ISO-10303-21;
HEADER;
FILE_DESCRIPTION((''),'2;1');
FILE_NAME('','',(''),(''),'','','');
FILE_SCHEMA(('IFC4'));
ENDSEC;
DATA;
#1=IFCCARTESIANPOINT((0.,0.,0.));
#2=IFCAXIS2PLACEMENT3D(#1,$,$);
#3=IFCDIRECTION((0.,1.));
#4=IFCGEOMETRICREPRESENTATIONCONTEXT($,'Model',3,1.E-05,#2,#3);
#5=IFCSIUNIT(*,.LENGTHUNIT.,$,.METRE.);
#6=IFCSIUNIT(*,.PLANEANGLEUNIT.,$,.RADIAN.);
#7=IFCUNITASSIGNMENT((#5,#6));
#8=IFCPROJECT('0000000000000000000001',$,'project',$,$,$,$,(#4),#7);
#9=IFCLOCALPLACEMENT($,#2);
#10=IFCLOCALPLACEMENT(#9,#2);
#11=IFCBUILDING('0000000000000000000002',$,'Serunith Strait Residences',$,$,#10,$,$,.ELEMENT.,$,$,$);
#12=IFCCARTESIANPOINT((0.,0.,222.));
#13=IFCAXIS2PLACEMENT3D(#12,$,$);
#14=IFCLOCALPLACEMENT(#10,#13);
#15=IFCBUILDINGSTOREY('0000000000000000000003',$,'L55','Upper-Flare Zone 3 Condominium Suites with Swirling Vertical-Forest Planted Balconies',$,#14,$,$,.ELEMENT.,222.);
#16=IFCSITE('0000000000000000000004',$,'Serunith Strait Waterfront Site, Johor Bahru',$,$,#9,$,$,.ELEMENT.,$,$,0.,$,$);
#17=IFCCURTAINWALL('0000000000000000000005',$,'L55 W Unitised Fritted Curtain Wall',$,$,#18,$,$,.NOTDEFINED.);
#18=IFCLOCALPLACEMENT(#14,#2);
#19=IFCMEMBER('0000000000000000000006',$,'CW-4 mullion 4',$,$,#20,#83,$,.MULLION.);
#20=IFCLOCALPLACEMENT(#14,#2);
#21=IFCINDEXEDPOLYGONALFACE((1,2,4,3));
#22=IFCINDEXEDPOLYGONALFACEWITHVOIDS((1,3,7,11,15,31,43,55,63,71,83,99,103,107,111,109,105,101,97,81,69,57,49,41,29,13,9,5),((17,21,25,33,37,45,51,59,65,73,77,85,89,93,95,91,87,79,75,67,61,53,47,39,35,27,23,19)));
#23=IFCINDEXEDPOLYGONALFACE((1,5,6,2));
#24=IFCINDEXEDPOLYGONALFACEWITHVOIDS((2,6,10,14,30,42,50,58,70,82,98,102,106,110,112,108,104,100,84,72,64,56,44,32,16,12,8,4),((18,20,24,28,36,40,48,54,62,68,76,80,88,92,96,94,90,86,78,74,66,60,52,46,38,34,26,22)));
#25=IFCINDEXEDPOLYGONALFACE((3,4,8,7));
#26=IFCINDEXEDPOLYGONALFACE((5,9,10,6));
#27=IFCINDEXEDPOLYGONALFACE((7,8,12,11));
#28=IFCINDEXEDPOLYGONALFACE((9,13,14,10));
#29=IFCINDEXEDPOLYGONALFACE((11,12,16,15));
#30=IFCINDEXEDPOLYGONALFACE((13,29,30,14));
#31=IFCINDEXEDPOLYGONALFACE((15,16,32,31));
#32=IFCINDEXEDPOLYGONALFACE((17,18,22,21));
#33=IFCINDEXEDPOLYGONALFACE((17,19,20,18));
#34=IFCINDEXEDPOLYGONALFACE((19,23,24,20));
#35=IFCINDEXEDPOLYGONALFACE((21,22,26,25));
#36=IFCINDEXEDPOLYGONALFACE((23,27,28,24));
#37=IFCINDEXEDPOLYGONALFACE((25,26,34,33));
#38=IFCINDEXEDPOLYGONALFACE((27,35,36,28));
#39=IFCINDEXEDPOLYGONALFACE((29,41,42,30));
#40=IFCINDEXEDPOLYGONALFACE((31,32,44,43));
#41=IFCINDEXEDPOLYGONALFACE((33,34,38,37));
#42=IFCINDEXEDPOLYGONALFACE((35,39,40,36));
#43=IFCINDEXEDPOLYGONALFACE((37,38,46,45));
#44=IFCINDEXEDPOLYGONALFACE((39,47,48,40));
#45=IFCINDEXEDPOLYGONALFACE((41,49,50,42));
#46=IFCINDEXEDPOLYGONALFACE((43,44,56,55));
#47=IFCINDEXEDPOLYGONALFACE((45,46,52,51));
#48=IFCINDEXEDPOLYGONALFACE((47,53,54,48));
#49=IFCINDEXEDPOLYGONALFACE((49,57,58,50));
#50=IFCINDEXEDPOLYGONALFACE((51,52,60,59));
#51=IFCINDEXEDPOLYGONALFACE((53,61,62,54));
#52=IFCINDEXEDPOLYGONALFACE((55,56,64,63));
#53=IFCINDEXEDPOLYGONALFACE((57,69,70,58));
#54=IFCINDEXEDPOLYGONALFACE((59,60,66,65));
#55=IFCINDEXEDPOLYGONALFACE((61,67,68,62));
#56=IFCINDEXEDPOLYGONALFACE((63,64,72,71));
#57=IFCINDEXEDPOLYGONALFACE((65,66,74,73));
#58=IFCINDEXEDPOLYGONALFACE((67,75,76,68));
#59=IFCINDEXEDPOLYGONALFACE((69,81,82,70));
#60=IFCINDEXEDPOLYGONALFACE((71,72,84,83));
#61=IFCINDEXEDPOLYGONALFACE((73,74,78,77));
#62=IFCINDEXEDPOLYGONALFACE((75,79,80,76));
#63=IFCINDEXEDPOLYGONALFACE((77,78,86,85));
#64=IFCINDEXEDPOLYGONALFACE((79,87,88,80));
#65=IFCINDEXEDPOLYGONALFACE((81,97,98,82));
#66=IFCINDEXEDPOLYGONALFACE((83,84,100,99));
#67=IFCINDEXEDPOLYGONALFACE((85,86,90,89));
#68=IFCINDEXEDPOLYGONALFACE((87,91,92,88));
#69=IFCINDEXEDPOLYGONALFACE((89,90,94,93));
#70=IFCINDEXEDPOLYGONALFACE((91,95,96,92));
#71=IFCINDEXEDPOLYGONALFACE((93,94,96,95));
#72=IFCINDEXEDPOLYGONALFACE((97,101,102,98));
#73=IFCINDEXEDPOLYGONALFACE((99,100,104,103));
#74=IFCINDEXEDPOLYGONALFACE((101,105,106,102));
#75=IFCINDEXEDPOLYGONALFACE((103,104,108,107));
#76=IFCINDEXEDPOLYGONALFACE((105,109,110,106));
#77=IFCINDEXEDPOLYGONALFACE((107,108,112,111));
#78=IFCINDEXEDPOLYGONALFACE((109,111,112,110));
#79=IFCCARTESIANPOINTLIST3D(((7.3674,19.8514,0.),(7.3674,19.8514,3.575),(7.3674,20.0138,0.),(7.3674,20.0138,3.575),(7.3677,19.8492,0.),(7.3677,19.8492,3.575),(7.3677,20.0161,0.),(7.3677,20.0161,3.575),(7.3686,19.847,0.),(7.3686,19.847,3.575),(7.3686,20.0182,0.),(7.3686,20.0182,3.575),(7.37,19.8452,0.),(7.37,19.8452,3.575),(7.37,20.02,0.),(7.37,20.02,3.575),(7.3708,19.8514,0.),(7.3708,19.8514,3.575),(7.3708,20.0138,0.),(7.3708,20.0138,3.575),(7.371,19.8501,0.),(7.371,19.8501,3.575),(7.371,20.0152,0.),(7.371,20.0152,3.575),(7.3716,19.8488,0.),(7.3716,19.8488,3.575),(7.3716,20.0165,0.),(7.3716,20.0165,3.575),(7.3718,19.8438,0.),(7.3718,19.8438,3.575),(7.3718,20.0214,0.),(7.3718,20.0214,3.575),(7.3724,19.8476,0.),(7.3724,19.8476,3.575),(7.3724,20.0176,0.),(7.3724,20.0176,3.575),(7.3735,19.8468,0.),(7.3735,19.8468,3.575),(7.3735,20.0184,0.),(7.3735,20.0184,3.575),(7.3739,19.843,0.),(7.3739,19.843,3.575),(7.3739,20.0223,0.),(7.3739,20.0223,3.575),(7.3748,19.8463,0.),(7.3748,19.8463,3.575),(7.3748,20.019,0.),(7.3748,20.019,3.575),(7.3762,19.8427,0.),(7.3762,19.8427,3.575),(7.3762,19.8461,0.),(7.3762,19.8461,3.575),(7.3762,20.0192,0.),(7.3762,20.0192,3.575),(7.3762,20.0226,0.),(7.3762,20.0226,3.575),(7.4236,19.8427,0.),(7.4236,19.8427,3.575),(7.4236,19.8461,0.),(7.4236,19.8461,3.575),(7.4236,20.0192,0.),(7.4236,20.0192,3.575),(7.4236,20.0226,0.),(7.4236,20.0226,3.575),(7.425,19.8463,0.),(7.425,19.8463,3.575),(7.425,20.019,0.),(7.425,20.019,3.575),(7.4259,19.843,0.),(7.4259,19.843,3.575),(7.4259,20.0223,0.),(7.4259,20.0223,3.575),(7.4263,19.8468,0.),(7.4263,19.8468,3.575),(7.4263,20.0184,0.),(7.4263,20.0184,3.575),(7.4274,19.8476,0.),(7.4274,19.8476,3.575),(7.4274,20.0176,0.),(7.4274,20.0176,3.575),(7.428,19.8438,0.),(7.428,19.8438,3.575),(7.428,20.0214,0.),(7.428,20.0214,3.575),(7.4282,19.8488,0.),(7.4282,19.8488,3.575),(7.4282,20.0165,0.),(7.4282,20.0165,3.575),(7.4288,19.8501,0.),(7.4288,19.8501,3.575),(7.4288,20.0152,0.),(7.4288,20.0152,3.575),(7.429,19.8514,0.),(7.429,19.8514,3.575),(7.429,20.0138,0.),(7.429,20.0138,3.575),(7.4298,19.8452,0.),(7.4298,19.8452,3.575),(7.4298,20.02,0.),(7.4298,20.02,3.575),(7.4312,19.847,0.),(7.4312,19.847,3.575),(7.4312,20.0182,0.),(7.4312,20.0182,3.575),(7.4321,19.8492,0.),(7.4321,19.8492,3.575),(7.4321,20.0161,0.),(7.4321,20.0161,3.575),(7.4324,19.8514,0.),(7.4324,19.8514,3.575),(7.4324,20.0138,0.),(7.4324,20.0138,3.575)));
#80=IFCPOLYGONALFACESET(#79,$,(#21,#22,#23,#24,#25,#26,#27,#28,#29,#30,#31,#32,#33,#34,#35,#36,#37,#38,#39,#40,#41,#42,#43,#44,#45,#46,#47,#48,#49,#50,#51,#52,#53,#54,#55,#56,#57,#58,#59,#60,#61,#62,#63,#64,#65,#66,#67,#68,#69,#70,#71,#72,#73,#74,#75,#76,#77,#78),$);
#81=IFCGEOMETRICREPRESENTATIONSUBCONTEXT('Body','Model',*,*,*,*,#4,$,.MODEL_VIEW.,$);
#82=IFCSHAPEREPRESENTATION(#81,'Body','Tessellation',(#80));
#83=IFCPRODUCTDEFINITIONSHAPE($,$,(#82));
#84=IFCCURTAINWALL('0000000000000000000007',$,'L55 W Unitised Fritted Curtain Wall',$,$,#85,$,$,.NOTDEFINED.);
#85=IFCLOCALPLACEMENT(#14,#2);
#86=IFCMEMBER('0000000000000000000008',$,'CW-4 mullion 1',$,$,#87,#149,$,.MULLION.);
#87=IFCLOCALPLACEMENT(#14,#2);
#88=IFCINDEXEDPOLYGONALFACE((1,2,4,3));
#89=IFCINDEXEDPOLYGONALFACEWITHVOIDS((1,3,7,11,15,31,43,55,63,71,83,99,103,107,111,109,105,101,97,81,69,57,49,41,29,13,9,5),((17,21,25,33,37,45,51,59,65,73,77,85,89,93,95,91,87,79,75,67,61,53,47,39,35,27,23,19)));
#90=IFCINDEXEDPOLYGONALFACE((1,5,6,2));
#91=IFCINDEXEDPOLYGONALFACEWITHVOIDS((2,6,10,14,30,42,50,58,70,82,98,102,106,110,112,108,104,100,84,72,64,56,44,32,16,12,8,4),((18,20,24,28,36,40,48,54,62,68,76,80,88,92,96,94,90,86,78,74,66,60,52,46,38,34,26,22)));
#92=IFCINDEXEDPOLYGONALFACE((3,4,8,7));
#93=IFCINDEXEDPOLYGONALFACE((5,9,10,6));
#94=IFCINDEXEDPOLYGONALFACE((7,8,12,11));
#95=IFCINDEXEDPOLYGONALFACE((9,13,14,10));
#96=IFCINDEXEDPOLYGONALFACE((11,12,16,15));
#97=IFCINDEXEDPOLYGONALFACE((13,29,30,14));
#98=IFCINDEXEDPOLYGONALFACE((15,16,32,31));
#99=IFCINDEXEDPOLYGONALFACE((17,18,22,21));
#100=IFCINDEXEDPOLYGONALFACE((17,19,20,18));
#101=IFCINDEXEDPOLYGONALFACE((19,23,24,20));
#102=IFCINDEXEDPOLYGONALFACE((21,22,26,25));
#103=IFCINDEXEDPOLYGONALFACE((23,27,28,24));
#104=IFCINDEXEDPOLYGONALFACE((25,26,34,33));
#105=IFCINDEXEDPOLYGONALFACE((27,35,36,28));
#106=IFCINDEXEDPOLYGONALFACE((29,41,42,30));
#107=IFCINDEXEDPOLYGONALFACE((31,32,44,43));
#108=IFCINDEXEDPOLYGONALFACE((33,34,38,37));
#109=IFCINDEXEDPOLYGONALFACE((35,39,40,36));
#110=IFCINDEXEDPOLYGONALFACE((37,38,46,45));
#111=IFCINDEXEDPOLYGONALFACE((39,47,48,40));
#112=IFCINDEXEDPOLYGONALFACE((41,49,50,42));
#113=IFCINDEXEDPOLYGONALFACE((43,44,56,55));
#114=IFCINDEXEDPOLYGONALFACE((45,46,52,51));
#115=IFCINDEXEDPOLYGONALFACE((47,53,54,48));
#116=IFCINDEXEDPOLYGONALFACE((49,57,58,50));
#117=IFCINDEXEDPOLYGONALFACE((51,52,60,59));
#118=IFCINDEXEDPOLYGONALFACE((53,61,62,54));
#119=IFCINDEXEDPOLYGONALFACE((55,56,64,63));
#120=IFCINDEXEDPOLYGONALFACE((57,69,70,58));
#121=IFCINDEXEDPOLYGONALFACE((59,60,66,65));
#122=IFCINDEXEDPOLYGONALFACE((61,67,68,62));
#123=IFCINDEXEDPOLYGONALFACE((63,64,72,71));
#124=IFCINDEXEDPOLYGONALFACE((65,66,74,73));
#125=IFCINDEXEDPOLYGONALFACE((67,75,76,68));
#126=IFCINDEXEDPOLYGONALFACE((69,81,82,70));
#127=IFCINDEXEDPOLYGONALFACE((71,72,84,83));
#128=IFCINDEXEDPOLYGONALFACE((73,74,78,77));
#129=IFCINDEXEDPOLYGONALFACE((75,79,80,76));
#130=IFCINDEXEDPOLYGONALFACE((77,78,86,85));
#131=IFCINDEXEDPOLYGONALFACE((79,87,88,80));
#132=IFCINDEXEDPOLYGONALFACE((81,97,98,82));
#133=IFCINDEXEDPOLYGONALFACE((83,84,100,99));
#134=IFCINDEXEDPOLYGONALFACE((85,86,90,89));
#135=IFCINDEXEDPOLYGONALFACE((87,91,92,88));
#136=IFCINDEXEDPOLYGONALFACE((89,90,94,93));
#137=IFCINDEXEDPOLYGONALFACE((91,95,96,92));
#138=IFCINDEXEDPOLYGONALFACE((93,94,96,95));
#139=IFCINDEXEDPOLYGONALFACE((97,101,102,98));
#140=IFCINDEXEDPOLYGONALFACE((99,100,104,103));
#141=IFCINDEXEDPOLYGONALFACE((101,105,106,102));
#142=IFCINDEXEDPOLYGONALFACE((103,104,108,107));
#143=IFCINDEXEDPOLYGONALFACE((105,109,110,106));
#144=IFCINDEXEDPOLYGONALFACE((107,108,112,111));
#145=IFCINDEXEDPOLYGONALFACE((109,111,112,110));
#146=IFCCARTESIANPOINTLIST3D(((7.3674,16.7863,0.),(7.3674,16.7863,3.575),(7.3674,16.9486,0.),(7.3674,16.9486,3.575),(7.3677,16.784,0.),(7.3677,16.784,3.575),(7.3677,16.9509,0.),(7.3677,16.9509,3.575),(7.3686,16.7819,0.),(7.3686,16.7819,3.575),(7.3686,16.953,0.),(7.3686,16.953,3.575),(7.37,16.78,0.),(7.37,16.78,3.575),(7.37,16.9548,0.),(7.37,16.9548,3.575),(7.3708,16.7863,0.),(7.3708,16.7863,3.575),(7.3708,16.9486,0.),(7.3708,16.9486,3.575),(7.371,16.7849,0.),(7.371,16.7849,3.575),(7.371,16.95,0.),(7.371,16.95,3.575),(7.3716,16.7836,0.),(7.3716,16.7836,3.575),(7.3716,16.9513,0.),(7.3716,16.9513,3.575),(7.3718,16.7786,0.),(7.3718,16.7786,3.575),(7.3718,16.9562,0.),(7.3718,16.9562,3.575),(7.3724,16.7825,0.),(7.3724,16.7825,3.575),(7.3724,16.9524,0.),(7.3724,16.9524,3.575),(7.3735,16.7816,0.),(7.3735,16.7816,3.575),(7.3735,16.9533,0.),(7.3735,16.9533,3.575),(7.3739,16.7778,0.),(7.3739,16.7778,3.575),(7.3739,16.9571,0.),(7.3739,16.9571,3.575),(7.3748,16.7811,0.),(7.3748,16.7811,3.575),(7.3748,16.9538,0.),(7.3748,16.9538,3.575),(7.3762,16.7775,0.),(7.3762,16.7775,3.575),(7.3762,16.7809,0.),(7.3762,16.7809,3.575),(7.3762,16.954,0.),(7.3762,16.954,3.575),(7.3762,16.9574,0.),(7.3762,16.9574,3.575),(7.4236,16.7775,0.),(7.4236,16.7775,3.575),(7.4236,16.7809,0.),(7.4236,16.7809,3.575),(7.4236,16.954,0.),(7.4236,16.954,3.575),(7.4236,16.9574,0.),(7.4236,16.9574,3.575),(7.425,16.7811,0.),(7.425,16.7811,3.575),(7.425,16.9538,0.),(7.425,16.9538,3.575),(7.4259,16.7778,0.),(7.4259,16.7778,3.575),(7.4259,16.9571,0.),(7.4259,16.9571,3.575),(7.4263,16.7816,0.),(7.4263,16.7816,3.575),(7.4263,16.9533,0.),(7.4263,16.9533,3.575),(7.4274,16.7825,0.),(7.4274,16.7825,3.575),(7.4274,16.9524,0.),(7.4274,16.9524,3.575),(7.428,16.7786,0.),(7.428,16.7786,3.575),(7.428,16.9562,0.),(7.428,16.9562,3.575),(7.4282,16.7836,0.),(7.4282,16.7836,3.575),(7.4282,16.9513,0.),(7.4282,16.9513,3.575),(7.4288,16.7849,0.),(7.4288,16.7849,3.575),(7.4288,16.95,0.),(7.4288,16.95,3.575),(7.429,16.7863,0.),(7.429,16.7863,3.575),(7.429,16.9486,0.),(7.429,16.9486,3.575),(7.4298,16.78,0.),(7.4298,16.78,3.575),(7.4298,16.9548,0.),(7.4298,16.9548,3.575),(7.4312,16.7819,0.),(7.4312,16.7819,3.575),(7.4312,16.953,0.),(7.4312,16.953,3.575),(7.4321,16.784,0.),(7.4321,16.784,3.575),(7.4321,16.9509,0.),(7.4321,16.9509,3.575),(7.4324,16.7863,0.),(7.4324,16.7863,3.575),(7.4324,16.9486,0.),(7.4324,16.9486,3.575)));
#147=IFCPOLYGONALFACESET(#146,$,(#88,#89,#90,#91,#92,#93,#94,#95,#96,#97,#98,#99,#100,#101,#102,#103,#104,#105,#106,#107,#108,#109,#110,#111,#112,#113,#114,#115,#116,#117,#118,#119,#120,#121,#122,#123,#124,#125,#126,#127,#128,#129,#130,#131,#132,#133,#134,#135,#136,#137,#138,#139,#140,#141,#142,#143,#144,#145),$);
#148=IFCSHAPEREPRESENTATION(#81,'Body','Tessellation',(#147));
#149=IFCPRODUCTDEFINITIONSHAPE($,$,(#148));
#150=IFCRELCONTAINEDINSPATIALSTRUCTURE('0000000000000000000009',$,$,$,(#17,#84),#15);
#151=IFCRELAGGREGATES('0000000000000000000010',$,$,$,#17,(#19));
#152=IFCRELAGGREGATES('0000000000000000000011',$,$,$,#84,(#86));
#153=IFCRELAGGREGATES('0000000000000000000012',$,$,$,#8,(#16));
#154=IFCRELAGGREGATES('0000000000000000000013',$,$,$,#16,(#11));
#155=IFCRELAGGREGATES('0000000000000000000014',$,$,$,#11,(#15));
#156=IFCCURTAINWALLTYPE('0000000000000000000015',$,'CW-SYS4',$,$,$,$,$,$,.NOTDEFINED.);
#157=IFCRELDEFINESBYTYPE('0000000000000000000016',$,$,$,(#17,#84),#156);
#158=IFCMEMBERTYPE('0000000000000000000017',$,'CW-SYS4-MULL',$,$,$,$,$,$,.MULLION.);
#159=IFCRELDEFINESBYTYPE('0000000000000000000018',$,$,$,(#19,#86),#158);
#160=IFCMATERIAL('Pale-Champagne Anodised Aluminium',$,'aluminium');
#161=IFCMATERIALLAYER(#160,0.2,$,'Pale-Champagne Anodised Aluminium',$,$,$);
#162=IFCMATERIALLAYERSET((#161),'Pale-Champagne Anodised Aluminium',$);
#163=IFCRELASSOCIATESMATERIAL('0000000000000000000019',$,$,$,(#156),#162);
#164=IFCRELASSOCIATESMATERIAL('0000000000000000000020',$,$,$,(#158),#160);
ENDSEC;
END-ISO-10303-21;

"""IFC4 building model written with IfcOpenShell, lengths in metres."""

from ifc_helpers import new_model, si_unit, direction, frame, origin, origin_2d, place, context, subcontext, project, spatial, hollow_rectangle, extrude, source, transform, mapped, material, layer, layer_set, material_profile, profile_set, type_object, element, aggregate, save


model = new_model("IFC4")

# Units and contexts
model_context = context("Model", 3, precision=1e-05, world=origin(), true_north=direction((0.0, 1.0)))
body_context = subcontext(model_context, "Body", "Model", "MODEL_VIEW")
ifc_project = project(units=[si_unit("LENGTHUNIT", "METRE"), si_unit("PLANEANGLEUNIT", "RADIAN")], contexts=[model_context])

# Site, building, storey
site_placement = place(None, origin())
site = spatial("IfcSite", under=ifc_project, at=site_placement, Name="Serunith Strait Waterfront Site, Johor Bahru", CompositionType="ELEMENT", RefElevation=0.0)
building_placement = place(site_placement, origin())
building = spatial("IfcBuilding", under=site, at=building_placement, Name="Serunith Strait Residences", CompositionType="ELEMENT")
storey_placement = place(building_placement, frame((0.0, 0.0, 222.0)))
storey = spatial("IfcBuildingStorey", under=building, at=storey_placement, Name="L55", Description="Upper-Flare Zone 3 Condominium Suites with Swirling Vertical-Forest Planted Balconies", CompositionType="ELEMENT", Elevation=222.0)

# Curtain wall, member
ifc_material_1 = material(Name="Pale-Champagne Anodised Aluminium", Category="aluminium")
ifc_layer_1 = layer(ifc_material_1, 0.2, Name="Pale-Champagne Anodised Aluminium")
ifc_layer_set_1 = layer_set([ifc_layer_1], Name="Pale-Champagne Anodised Aluminium")
curtain_wall_type = type_object("IfcCurtainWallType", Name="CW-SYS4", PredefinedType="NOTDEFINED", material=ifc_layer_set_1)
curtain_wall_1_placement = place(storey_placement, origin())
curtain_wall_1 = element("IfcCurtainWall", 1, at=curtain_wall_1_placement, inside=storey, type_object=curtain_wall_type, Name="L55 W Unitised Fritted Curtain Wall", PredefinedType="NOTDEFINED")
ifc_material_profile_1 = material_profile(ifc_material_1, hollow_rectangle(XDim=0.0649, YDim=0.1799, WallThickness=0.0034, InnerFilletRadius=0.0054, OuterFilletRadius=0.0088, at=origin_2d()), Name="ALU 180x65x3.5")
ifc_profile_set_1 = profile_set([ifc_material_profile_1], Name="Pale-Champagne Anodised Aluminium")
member_type_1 = type_object("IfcMemberType", Name="CW-SYS4-MULL", PredefinedType="MULLION", material=ifc_profile_set_1)
shared_shape_1 = source(origin(), body_context, "Body", "SweptSolid", [
    extrude(hollow_rectangle(XDim=0.0649, YDim=0.1799, WallThickness=0.0034, InnerFilletRadius=0.0054, OuterFilletRadius=0.0088, at=origin_2d()), origin(), (0.0, 0.0, 1.0), 3.575),
])
member_1_placement = place(storey_placement, frame((7.3999, 19.9326, 0.0), z_axis=(0.0, 0.0, 1.0), x_axis=(1.0, 0.0, 0.0)))
member_1 = element("IfcMember", 2, at=member_1_placement, type_object=member_type_1, Name="CW-4 mullion 4", PredefinedType="MULLION", context=body_context, shape_type="MappedRepresentation", body=[
    mapped(shared_shape_1, transform((0.0, 0.0, 0.0), scale=1.0)),
])

# Curtain wall, member
curtain_wall_2_placement = place(storey_placement, origin())
curtain_wall_2 = element("IfcCurtainWall", 3, at=curtain_wall_2_placement, inside=storey, type_object=curtain_wall_type, Name="L55 W Unitised Fritted Curtain Wall", PredefinedType="NOTDEFINED")
member_2_placement = place(storey_placement, frame((7.3999, 16.8674, 0.0), z_axis=(0.0, 0.0, 1.0), x_axis=(1.0, 0.0, 0.0)))
member_2 = element("IfcMember", 4, at=member_2_placement, type_object=member_type_1, Name="CW-4 mullion 1", PredefinedType="MULLION", context=body_context, shape_type="MappedRepresentation", body=[
    mapped(shared_shape_1, transform((0.0, 0.0, 0.0), scale=1.0)),
])

aggregate(curtain_wall_1, [member_1])
aggregate(curtain_wall_2, [member_2])

save(model, "model.ifc")
